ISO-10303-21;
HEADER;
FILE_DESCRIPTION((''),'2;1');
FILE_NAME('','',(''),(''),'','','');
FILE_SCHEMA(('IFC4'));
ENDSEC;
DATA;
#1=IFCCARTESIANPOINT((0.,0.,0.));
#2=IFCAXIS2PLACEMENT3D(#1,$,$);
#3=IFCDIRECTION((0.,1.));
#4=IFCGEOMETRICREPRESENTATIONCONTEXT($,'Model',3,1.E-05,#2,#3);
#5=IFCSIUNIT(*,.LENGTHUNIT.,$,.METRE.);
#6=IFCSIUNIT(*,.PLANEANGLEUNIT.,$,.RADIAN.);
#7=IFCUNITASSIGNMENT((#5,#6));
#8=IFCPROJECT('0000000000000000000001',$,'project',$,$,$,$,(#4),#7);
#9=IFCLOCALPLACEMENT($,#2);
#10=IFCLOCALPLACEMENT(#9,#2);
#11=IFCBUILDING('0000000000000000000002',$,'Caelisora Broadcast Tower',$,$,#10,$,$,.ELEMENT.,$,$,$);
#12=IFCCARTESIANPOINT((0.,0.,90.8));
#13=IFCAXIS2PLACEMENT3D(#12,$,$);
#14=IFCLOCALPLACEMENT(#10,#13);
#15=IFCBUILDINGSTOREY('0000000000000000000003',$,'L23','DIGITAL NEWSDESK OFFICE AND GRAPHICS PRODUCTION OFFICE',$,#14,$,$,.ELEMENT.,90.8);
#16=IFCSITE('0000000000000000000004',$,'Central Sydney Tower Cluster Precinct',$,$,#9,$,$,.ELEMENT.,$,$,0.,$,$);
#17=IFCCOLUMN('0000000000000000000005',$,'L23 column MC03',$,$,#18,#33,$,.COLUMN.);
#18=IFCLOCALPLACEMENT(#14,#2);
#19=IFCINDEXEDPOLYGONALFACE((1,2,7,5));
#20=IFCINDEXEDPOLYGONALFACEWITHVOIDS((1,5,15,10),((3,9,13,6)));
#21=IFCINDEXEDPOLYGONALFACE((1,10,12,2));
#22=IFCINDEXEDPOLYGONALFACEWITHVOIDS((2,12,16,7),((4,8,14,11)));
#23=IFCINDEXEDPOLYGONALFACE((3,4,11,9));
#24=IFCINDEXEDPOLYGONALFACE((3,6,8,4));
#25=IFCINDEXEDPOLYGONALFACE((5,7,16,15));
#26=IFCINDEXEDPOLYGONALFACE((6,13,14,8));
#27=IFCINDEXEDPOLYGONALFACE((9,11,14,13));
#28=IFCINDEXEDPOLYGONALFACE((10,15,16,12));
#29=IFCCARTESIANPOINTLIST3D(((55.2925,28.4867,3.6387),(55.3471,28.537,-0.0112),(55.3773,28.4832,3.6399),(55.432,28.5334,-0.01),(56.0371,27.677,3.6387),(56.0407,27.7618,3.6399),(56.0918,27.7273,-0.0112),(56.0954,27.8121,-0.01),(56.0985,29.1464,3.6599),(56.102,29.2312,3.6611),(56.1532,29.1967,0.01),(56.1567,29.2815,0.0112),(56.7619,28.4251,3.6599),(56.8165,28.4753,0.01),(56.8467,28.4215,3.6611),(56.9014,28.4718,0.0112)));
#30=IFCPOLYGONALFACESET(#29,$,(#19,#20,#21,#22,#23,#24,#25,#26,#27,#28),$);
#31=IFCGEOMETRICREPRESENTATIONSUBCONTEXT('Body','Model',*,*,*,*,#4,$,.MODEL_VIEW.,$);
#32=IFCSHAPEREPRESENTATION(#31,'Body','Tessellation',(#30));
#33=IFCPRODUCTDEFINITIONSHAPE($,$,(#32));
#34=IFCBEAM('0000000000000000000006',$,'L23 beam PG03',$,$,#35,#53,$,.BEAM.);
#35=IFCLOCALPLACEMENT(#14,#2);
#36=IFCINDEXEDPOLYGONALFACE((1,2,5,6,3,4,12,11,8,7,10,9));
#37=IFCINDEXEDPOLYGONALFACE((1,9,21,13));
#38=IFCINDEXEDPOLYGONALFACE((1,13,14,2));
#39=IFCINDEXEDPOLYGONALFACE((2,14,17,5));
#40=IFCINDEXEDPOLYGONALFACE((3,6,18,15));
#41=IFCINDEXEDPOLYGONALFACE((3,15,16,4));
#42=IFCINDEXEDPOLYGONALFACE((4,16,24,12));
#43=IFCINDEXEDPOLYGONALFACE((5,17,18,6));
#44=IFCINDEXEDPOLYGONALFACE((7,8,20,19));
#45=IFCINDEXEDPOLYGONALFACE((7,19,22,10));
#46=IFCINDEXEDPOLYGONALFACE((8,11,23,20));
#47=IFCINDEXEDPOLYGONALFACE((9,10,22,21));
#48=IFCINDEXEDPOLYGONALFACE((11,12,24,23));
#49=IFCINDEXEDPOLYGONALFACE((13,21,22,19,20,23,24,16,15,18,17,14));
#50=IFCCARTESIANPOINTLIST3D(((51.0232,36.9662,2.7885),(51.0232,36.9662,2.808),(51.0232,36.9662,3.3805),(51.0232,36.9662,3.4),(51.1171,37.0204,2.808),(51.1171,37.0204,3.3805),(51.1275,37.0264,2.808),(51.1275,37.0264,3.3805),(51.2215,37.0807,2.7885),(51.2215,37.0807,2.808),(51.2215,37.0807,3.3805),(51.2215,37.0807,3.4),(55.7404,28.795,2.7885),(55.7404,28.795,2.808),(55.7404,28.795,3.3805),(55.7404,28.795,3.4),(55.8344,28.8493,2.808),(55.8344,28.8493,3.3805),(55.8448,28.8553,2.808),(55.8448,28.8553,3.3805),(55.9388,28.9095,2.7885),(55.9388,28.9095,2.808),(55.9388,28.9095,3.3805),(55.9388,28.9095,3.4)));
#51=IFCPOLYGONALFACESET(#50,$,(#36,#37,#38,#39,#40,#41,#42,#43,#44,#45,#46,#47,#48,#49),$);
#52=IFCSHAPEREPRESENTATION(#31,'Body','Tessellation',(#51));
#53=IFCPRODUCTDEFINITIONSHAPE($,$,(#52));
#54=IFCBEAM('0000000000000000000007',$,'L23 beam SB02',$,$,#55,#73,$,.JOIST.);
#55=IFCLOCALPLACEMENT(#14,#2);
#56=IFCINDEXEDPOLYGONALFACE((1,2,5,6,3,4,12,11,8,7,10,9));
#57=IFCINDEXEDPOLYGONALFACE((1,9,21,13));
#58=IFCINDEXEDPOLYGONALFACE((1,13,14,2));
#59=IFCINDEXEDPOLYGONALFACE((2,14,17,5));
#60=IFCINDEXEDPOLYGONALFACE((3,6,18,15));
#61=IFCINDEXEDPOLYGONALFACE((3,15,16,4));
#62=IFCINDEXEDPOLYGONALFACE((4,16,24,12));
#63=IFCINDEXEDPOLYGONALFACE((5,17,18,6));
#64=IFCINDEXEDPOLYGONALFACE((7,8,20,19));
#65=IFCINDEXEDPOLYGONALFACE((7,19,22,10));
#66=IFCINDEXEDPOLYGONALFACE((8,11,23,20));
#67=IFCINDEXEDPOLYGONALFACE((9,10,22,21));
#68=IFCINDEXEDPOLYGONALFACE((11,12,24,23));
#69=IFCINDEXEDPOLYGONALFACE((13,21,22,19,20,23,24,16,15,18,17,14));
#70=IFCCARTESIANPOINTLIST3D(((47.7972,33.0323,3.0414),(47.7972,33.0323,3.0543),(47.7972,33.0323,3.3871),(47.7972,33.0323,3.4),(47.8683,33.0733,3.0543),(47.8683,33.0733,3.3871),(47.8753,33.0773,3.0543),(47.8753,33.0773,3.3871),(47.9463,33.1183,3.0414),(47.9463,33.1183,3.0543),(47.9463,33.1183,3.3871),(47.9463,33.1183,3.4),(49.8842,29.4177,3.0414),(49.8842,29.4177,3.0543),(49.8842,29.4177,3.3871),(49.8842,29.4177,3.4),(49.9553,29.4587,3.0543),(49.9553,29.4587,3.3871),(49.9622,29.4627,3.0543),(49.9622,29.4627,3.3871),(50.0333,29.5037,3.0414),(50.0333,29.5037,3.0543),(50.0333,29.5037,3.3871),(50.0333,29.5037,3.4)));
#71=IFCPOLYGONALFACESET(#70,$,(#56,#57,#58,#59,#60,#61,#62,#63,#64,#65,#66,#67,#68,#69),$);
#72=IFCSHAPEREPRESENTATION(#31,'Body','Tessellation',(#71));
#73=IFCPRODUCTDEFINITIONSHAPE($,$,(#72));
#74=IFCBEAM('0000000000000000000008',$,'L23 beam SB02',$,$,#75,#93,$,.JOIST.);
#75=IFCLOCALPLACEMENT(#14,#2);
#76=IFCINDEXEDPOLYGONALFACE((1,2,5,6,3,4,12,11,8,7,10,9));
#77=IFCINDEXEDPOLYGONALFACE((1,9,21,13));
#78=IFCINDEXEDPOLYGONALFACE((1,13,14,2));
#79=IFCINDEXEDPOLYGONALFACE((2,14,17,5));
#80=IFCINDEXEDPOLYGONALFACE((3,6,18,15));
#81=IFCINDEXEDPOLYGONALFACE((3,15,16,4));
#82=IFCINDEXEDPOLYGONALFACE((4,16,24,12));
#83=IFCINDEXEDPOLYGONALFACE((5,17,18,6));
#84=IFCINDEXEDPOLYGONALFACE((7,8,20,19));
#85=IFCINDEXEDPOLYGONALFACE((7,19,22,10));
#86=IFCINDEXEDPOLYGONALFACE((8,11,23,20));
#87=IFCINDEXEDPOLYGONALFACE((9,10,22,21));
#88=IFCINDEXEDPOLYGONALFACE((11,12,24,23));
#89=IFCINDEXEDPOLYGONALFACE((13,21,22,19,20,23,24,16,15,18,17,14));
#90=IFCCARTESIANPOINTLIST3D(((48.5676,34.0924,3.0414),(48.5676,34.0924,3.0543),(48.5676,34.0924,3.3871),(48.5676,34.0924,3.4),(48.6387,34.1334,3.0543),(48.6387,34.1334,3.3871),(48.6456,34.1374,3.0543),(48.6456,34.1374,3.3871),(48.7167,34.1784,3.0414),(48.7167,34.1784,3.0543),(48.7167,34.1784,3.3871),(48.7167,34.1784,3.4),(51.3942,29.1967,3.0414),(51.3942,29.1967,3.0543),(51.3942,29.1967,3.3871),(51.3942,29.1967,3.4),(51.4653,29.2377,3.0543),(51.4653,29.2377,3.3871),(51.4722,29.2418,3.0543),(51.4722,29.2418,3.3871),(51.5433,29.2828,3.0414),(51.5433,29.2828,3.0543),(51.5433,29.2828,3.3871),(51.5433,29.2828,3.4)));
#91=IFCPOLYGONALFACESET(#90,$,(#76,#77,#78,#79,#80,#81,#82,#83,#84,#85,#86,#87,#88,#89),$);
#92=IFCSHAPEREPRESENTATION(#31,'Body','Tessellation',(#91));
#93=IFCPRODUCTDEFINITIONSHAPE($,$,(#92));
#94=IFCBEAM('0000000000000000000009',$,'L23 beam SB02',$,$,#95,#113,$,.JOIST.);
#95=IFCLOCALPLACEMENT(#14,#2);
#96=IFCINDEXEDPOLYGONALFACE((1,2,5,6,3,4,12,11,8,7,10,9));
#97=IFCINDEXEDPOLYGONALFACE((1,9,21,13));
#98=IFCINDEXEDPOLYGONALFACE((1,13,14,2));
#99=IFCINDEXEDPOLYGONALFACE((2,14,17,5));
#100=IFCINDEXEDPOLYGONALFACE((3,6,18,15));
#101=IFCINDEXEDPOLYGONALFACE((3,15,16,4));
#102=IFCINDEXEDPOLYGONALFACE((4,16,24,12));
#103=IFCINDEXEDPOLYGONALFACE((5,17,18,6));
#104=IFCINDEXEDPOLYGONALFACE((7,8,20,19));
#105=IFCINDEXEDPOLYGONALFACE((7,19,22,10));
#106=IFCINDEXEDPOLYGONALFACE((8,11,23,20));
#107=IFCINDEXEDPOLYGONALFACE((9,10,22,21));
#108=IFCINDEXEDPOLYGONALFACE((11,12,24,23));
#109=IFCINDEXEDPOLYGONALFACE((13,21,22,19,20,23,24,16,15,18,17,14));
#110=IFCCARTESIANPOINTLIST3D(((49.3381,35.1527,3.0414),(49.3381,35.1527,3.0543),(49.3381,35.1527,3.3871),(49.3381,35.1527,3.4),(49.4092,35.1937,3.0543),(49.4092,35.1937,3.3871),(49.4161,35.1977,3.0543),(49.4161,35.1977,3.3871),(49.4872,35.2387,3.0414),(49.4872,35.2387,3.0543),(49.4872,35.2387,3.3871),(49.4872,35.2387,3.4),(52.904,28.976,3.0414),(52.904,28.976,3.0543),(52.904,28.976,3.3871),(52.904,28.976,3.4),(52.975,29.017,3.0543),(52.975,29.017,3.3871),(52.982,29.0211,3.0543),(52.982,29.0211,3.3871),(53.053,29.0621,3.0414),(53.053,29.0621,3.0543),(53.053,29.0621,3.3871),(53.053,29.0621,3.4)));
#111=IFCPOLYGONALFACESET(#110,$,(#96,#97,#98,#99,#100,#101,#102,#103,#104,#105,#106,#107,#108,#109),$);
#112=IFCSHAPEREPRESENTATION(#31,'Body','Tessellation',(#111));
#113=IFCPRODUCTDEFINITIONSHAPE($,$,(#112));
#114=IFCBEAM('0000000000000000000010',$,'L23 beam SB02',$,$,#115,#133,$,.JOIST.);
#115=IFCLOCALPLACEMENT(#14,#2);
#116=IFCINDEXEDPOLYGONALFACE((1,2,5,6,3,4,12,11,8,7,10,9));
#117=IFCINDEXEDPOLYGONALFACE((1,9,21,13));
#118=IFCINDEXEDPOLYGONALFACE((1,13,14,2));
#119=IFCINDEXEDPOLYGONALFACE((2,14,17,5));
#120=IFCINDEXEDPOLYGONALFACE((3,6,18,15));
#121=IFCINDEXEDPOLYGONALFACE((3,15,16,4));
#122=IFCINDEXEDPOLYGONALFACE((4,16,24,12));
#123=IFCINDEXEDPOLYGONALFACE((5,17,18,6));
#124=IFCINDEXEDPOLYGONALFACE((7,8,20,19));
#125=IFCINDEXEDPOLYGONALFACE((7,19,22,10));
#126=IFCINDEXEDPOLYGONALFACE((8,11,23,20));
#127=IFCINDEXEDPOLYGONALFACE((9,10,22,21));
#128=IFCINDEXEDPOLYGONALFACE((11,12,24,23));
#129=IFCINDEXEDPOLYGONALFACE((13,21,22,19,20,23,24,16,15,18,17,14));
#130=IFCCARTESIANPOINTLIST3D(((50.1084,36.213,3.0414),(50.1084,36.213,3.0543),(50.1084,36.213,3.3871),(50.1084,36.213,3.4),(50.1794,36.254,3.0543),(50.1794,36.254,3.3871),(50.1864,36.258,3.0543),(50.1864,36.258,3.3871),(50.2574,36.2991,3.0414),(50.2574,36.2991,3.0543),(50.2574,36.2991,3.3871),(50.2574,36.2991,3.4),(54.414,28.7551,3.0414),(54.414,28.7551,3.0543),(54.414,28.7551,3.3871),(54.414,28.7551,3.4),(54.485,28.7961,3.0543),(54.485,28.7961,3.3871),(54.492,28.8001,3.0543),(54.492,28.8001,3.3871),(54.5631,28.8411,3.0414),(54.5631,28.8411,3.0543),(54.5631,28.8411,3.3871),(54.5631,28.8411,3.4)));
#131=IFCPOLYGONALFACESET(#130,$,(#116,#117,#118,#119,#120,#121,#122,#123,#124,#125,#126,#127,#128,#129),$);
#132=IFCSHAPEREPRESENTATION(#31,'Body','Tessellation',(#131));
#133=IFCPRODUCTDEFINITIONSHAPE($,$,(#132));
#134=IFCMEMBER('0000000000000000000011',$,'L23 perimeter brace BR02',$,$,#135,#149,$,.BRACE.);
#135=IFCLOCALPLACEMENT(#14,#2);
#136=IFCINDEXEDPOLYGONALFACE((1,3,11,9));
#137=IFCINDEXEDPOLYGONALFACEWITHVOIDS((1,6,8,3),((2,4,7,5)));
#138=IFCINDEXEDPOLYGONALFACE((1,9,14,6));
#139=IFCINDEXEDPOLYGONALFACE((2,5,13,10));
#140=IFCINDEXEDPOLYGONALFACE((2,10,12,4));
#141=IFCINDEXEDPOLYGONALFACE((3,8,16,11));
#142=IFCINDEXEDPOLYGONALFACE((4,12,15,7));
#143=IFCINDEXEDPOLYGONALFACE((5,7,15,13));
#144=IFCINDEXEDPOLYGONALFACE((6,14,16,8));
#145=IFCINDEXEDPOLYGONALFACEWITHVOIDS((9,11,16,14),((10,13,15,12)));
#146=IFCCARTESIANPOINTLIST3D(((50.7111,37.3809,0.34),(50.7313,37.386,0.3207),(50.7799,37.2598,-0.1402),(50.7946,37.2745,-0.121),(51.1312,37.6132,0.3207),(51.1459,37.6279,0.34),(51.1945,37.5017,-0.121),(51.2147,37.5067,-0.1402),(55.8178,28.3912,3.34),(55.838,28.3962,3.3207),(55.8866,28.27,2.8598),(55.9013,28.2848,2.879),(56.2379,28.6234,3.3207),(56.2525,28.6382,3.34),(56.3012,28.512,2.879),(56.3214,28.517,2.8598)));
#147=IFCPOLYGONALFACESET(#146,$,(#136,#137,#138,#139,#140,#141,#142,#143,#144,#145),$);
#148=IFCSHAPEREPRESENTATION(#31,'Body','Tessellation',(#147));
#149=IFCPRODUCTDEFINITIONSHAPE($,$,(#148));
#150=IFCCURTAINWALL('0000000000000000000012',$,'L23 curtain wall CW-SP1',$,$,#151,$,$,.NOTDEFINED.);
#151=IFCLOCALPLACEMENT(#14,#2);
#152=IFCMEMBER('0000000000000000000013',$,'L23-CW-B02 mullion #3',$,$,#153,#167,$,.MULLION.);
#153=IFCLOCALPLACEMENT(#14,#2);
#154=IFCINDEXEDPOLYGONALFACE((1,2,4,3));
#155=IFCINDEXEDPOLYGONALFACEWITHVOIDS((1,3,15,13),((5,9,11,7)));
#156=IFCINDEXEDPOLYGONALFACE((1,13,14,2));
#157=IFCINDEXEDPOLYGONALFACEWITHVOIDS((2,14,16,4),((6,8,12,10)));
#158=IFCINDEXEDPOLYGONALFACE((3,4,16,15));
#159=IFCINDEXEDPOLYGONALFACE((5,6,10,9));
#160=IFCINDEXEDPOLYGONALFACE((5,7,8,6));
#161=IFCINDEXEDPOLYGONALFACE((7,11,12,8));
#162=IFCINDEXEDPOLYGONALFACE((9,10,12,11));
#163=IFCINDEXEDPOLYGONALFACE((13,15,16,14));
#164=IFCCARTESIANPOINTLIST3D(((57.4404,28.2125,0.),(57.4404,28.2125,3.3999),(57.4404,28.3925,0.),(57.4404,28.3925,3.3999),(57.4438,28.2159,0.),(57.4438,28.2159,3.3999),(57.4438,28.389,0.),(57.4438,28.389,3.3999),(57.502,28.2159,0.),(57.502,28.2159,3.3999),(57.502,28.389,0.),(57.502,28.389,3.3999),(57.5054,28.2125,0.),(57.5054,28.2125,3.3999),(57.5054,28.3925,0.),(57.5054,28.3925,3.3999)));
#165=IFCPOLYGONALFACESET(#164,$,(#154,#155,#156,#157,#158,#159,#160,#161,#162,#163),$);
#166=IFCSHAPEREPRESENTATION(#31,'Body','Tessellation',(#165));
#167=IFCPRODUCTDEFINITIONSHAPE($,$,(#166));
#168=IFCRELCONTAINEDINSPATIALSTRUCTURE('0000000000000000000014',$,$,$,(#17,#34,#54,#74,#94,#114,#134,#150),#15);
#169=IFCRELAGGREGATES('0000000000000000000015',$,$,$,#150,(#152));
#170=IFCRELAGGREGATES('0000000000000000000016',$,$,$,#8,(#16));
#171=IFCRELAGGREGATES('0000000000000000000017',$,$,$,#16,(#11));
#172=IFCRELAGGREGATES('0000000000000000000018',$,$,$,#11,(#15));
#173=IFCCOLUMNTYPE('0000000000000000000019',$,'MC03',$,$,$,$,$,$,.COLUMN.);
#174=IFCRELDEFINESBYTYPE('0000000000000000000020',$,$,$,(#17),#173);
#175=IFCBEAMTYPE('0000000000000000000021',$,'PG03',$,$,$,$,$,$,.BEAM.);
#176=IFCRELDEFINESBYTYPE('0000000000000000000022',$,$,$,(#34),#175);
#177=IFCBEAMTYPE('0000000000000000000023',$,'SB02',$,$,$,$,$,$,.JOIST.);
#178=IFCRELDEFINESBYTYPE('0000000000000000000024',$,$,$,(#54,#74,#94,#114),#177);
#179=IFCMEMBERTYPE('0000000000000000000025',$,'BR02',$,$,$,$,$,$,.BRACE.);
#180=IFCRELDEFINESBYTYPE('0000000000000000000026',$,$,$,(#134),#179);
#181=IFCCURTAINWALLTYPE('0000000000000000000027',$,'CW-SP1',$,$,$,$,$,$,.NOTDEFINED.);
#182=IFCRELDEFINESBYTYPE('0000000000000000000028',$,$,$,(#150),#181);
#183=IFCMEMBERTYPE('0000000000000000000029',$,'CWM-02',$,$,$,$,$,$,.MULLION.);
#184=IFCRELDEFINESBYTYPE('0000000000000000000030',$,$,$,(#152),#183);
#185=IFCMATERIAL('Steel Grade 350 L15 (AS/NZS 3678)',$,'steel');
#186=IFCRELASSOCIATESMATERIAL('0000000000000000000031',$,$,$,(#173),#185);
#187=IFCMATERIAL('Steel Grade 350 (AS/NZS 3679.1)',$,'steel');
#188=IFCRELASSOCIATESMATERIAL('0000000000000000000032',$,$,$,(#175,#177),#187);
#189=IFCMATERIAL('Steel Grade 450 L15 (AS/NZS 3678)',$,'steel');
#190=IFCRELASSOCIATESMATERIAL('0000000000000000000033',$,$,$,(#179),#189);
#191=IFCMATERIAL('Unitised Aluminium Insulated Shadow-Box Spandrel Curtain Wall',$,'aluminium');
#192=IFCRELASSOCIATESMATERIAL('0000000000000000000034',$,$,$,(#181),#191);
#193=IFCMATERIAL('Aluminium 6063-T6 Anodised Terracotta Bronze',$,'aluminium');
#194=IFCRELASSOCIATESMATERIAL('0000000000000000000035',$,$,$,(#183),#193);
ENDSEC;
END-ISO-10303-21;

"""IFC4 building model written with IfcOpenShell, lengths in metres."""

from ifc_helpers import new_model, si_unit, direction, frame, origin, origin_2d, place, context, subcontext, project, spatial, hollow_rectangle, i_section, extrude, source, transform, mapped, material, material_profile, profile_set, type_object, type_shapes, element, aggregate, save


model = new_model("IFC4")

# Units and contexts
model_context = context("Model", 3, precision=1e-05, world=origin(), true_north=direction((0.0, 1.0)))
body_context = subcontext(model_context, "Body", "Model", "MODEL_VIEW")
ifc_project = project(units=[si_unit("LENGTHUNIT", "METRE"), si_unit("PLANEANGLEUNIT", "RADIAN")], contexts=[model_context])

# Site, building, storey
site_placement = place(None, origin())
site = spatial("IfcSite", under=ifc_project, at=site_placement, Name="Central Sydney Tower Cluster Precinct", CompositionType="ELEMENT", RefElevation=0.0)
building_placement = place(site_placement, origin())
building = spatial("IfcBuilding", under=site, at=building_placement, Name="Caelisora Broadcast Tower", CompositionType="ELEMENT")
storey_placement = place(building_placement, frame((0.0, 0.0, 90.8)))
storey = spatial("IfcBuildingStorey", under=building, at=storey_placement, Name="L23", Description="DIGITAL NEWSDESK OFFICE AND GRAPHICS PRODUCTION OFFICE", CompositionType="ELEMENT", Elevation=90.8)

# Column
ifc_material_1 = material(Name="Steel Grade 350 L15 (AS/NZS 3678)", Category="steel")
ifc_material_profile_1 = material_profile(ifc_material_1, hollow_rectangle(XDim=1.1001, YDim=1.1001, WallThickness=0.0601, at=origin_2d()), Name="Steel Grade 350 L15 (AS/NZS 3678)")
ifc_profile_set_1 = profile_set([ifc_material_profile_1], Name="Steel Grade 350 L15 (AS/NZS 3678)")
column_type = type_object("IfcColumnType", Name="MC03", PredefinedType="COLUMN", material=ifc_profile_set_1)
shared_shape_1 = source(origin(), body_context, "Body", "SweptSolid", [
    extrude(hollow_rectangle(XDim=1.1001, YDim=1.1001, WallThickness=0.0601, at=origin_2d()), origin(), (0.0, 0.0, 1.0), 3.6506),
])
type_shapes(column_type, [shared_shape_1])
column_placement = place(storey_placement, frame((56.1243, 28.5044, 0.0), z_axis=(-0.01498, -0.013776, 0.999793), x_axis=(0.676914, -0.736062, 0.0)))
element("IfcColumn", 1, at=column_placement, inside=storey, type_object=column_type, Name="L23 column MC03", PredefinedType="COLUMN", context=body_context, shape_type="MappedRepresentation", body=[
    mapped(shared_shape_1, transform((0.0, 0.0, 0.0), scale=1.0)),
])

# Beams
ifc_material_2 = material(Name="Steel Grade 350 (AS/NZS 3679.1)", Category="steel")
ifc_material_profile_2 = material_profile(ifc_material_2, i_section(OverallWidth=0.229, OverallDepth=0.6116, WebThickness=0.012, FlangeThickness=0.0195, at=origin_2d()), Name="Steel Grade 350 (AS/NZS 3679.1)")
ifc_profile_set_2 = profile_set([ifc_material_profile_2], Name="Steel Grade 350 (AS/NZS 3679.1)")
beam_type_1 = type_object("IfcBeamType", Name="PG03", PredefinedType="BEAM", material=ifc_profile_set_2)
shared_shape_2 = source(origin(), body_context, "Body", "SweptSolid", [
    extrude(i_section(OverallWidth=0.229, OverallDepth=0.6116, WebThickness=0.012, FlangeThickness=0.0195, at=origin_2d()), origin(), (0.0, 0.0, 1.0), 9.4351),
])
type_shapes(beam_type_1, [shared_shape_2])
beam_1_placement = place(storey_placement, frame((55.8396, 28.8523, 3.0942), z_axis=(-0.499974, 0.86604, 0.0), x_axis=(-0.86604, -0.499974, 0.0)))
element("IfcBeam", 2, at=beam_1_placement, inside=storey, type_object=beam_type_1, Name="L23 beam PG03", PredefinedType="BEAM", context=body_context, shape_type="MappedRepresentation", body=[
    mapped(shared_shape_2, transform((0.0, 0.0, 0.0), scale=1.0)),
])
ifc_material_profile_3 = material_profile(ifc_material_2, i_section(OverallWidth=0.1721, OverallDepth=0.3586, WebThickness=0.0081, FlangeThickness=0.0129, at=origin_2d()), Name="Steel Grade 350 (AS/NZS 3679.1)")
ifc_profile_set_3 = profile_set([ifc_material_profile_3], Name="Steel Grade 350 (AS/NZS 3679.1)")
beam_type_2 = type_object("IfcBeamType", Name="SB02", PredefinedType="JOIST", material=ifc_profile_set_3)
shared_shape_3 = source(origin(), body_context, "Body", "SweptSolid", [
    extrude(i_section(OverallWidth=0.1721, OverallDepth=0.3586, WebThickness=0.0081, FlangeThickness=0.0129, at=origin_2d()), origin(), (0.0, 0.0, 1.0), 4.1738),
])
beam_2_placement = place(storey_placement, frame((49.9587, 29.4607, 3.2207), z_axis=(-0.500014, 0.866017, 0.0), x_axis=(-0.866017, -0.500014, 0.0)))
element("IfcBeam", 3, at=beam_2_placement, inside=storey, type_object=beam_type_2, Name="L23 beam SB02", PredefinedType="JOIST", context=body_context, shape_type="MappedRepresentation", body=[
    mapped(shared_shape_3, transform((0.0, 0.0, 0.0), scale=1.0)),
])
shared_shape_4 = source(origin(), body_context, "Body", "SweptSolid", [
    extrude(i_section(OverallWidth=0.1721, OverallDepth=0.3586, WebThickness=0.0081, FlangeThickness=0.0129, at=origin_2d()), origin(), (0.0, 0.0, 1.0), 5.6531),
])
beam_3_placement = place(storey_placement, frame((51.4688, 29.2397, 3.2207), z_axis=(-0.500013, 0.866018, 0.0), x_axis=(-0.866018, -0.500013, 0.0)))
element("IfcBeam", 4, at=beam_3_placement, inside=storey, type_object=beam_type_2, Name="L23 beam SB02", PredefinedType="JOIST", context=body_context, shape_type="MappedRepresentation", body=[
    mapped(shared_shape_4, transform((0.0, 0.0, 0.0), scale=1.0)),
])
shared_shape_5 = source(origin(), body_context, "Body", "SweptSolid", [
    extrude(i_section(OverallWidth=0.1721, OverallDepth=0.3586, WebThickness=0.0081, FlangeThickness=0.0129, at=origin_2d()), origin(), (0.0, 0.0, 1.0), 7.1321),
])
beam_4_placement = place(storey_placement, frame((52.9785, 29.019, 3.2207), z_axis=(-0.499975, 0.86604, 0.0), x_axis=(-0.86604, -0.499975, 0.0)))
element("IfcBeam", 5, at=beam_4_placement, inside=storey, type_object=beam_type_2, Name="L23 beam SB02", PredefinedType="JOIST", context=body_context, shape_type="MappedRepresentation", body=[
    mapped(shared_shape_5, transform((0.0, 0.0, 0.0), scale=1.0)),
])
shared_shape_6 = source(origin(), body_context, "Body", "SweptSolid", [
    extrude(i_section(OverallWidth=0.1721, OverallDepth=0.3586, WebThickness=0.0081, FlangeThickness=0.0129, at=origin_2d()), origin(), (0.0, 0.0, 1.0), 8.6116),
])
type_shapes(beam_type_2, [shared_shape_3, shared_shape_4, shared_shape_5, shared_shape_6])
beam_5_placement = place(storey_placement, frame((54.4885, 28.7981, 3.2207), z_axis=(-0.499981, 0.866036, 0.0), x_axis=(-0.866036, -0.499981, 0.0)))
element("IfcBeam", 6, at=beam_5_placement, inside=storey, type_object=beam_type_2, Name="L23 beam SB02", PredefinedType="JOIST", context=body_context, shape_type="MappedRepresentation", body=[
    mapped(shared_shape_6, transform((0.0, 0.0, 0.0), scale=1.0)),
])

# Member
ifc_material_3 = material(Name="Steel Grade 450 L15 (AS/NZS 3678)", Category="steel")
ifc_material_profile_4 = material_profile(ifc_material_3, hollow_rectangle(XDim=0.5, YDim=0.5, WallThickness=0.02, at=origin_2d()), Name="Steel Grade 450 L15 (AS/NZS 3678)")
ifc_profile_set_4 = profile_set([ifc_material_profile_4], Name="Steel Grade 450 L15 (AS/NZS 3678)")
member_type_1 = type_object("IfcMemberType", Name="BR02", PredefinedType="BRACE", material=ifc_profile_set_4)
shared_shape_7 = source(origin(), body_context, "Body", "SweptSolid", [
    extrude(hollow_rectangle(XDim=0.5, YDim=0.5, WallThickness=0.02, at=origin_2d()), origin(), (0.0, 0.0, 1.0), 10.7654),
])
type_shapes(member_type_1, [shared_shape_7])
member_1_placement = place(storey_placement, frame((56.0696, 28.4541, 3.0999), z_axis=(-0.474361, 0.835059, -0.278671), x_axis=(-0.869503, -0.493927, 0.0)))
element("IfcMember", 7, at=member_1_placement, inside=storey, type_object=member_type_1, Name="L23 perimeter brace BR02", PredefinedType="BRACE", context=body_context, shape_type="MappedRepresentation", body=[
    mapped(shared_shape_7, transform((0.0, 0.0, 0.0), scale=1.0)),
])

# Curtain wall, member
ifc_material_4 = material(Name="Unitised Aluminium Insulated Shadow-Box Spandrel Curtain Wall", Category="aluminium")
curtain_wall_type_1 = type_object("IfcCurtainWallType", Name="CW-SP1", PredefinedType="NOTDEFINED", material=ifc_material_4)
curtain_wall_1_placement = place(storey_placement, origin())
curtain_wall_1 = element("IfcCurtainWall", 8, at=curtain_wall_1_placement, inside=storey, type_object=curtain_wall_type_1, Name="L23 curtain wall CW-SP1", PredefinedType="NOTDEFINED")
ifc_material_5 = material(Name="Aluminium 6063-T6 Anodised Terracotta Bronze", Category="aluminium")
ifc_material_profile_5 = material_profile(ifc_material_5, hollow_rectangle(XDim=0.0649, YDim=0.1799, WallThickness=0.0034, at=origin_2d()), Name="Aluminium 6063-T6 Anodised Terracotta Bronze")
ifc_profile_set_5 = profile_set([ifc_material_profile_5], Name="Aluminium 6063-T6 Anodised Terracotta Bronze")
member_type_2 = type_object("IfcMemberType", Name="CWM-02", PredefinedType="MULLION", material=ifc_profile_set_5)
shared_shape_8 = source(origin(), body_context, "Body", "SweptSolid", [
    extrude(hollow_rectangle(XDim=0.0649, YDim=0.1799, WallThickness=0.0034, at=origin_2d()), origin(), (0.0, 0.0, 1.0), 3.3999),
])
type_shapes(member_type_2, [shared_shape_8])
member_2_placement = place(storey_placement, frame((57.4729, 28.3025, 0.0), z_axis=(0.0, 0.0, 1.0), x_axis=(1.0, 0.0, 0.0)))
member_2 = element("IfcMember", 9, at=member_2_placement, type_object=member_type_2, Name="L23-CW-B02 mullion #3", PredefinedType="MULLION", context=body_context, shape_type="MappedRepresentation", body=[
    mapped(shared_shape_8, transform((0.0, 0.0, 0.0), scale=1.0)),
])

aggregate(curtain_wall_1, [member_2])

save(model, "model.ifc")
